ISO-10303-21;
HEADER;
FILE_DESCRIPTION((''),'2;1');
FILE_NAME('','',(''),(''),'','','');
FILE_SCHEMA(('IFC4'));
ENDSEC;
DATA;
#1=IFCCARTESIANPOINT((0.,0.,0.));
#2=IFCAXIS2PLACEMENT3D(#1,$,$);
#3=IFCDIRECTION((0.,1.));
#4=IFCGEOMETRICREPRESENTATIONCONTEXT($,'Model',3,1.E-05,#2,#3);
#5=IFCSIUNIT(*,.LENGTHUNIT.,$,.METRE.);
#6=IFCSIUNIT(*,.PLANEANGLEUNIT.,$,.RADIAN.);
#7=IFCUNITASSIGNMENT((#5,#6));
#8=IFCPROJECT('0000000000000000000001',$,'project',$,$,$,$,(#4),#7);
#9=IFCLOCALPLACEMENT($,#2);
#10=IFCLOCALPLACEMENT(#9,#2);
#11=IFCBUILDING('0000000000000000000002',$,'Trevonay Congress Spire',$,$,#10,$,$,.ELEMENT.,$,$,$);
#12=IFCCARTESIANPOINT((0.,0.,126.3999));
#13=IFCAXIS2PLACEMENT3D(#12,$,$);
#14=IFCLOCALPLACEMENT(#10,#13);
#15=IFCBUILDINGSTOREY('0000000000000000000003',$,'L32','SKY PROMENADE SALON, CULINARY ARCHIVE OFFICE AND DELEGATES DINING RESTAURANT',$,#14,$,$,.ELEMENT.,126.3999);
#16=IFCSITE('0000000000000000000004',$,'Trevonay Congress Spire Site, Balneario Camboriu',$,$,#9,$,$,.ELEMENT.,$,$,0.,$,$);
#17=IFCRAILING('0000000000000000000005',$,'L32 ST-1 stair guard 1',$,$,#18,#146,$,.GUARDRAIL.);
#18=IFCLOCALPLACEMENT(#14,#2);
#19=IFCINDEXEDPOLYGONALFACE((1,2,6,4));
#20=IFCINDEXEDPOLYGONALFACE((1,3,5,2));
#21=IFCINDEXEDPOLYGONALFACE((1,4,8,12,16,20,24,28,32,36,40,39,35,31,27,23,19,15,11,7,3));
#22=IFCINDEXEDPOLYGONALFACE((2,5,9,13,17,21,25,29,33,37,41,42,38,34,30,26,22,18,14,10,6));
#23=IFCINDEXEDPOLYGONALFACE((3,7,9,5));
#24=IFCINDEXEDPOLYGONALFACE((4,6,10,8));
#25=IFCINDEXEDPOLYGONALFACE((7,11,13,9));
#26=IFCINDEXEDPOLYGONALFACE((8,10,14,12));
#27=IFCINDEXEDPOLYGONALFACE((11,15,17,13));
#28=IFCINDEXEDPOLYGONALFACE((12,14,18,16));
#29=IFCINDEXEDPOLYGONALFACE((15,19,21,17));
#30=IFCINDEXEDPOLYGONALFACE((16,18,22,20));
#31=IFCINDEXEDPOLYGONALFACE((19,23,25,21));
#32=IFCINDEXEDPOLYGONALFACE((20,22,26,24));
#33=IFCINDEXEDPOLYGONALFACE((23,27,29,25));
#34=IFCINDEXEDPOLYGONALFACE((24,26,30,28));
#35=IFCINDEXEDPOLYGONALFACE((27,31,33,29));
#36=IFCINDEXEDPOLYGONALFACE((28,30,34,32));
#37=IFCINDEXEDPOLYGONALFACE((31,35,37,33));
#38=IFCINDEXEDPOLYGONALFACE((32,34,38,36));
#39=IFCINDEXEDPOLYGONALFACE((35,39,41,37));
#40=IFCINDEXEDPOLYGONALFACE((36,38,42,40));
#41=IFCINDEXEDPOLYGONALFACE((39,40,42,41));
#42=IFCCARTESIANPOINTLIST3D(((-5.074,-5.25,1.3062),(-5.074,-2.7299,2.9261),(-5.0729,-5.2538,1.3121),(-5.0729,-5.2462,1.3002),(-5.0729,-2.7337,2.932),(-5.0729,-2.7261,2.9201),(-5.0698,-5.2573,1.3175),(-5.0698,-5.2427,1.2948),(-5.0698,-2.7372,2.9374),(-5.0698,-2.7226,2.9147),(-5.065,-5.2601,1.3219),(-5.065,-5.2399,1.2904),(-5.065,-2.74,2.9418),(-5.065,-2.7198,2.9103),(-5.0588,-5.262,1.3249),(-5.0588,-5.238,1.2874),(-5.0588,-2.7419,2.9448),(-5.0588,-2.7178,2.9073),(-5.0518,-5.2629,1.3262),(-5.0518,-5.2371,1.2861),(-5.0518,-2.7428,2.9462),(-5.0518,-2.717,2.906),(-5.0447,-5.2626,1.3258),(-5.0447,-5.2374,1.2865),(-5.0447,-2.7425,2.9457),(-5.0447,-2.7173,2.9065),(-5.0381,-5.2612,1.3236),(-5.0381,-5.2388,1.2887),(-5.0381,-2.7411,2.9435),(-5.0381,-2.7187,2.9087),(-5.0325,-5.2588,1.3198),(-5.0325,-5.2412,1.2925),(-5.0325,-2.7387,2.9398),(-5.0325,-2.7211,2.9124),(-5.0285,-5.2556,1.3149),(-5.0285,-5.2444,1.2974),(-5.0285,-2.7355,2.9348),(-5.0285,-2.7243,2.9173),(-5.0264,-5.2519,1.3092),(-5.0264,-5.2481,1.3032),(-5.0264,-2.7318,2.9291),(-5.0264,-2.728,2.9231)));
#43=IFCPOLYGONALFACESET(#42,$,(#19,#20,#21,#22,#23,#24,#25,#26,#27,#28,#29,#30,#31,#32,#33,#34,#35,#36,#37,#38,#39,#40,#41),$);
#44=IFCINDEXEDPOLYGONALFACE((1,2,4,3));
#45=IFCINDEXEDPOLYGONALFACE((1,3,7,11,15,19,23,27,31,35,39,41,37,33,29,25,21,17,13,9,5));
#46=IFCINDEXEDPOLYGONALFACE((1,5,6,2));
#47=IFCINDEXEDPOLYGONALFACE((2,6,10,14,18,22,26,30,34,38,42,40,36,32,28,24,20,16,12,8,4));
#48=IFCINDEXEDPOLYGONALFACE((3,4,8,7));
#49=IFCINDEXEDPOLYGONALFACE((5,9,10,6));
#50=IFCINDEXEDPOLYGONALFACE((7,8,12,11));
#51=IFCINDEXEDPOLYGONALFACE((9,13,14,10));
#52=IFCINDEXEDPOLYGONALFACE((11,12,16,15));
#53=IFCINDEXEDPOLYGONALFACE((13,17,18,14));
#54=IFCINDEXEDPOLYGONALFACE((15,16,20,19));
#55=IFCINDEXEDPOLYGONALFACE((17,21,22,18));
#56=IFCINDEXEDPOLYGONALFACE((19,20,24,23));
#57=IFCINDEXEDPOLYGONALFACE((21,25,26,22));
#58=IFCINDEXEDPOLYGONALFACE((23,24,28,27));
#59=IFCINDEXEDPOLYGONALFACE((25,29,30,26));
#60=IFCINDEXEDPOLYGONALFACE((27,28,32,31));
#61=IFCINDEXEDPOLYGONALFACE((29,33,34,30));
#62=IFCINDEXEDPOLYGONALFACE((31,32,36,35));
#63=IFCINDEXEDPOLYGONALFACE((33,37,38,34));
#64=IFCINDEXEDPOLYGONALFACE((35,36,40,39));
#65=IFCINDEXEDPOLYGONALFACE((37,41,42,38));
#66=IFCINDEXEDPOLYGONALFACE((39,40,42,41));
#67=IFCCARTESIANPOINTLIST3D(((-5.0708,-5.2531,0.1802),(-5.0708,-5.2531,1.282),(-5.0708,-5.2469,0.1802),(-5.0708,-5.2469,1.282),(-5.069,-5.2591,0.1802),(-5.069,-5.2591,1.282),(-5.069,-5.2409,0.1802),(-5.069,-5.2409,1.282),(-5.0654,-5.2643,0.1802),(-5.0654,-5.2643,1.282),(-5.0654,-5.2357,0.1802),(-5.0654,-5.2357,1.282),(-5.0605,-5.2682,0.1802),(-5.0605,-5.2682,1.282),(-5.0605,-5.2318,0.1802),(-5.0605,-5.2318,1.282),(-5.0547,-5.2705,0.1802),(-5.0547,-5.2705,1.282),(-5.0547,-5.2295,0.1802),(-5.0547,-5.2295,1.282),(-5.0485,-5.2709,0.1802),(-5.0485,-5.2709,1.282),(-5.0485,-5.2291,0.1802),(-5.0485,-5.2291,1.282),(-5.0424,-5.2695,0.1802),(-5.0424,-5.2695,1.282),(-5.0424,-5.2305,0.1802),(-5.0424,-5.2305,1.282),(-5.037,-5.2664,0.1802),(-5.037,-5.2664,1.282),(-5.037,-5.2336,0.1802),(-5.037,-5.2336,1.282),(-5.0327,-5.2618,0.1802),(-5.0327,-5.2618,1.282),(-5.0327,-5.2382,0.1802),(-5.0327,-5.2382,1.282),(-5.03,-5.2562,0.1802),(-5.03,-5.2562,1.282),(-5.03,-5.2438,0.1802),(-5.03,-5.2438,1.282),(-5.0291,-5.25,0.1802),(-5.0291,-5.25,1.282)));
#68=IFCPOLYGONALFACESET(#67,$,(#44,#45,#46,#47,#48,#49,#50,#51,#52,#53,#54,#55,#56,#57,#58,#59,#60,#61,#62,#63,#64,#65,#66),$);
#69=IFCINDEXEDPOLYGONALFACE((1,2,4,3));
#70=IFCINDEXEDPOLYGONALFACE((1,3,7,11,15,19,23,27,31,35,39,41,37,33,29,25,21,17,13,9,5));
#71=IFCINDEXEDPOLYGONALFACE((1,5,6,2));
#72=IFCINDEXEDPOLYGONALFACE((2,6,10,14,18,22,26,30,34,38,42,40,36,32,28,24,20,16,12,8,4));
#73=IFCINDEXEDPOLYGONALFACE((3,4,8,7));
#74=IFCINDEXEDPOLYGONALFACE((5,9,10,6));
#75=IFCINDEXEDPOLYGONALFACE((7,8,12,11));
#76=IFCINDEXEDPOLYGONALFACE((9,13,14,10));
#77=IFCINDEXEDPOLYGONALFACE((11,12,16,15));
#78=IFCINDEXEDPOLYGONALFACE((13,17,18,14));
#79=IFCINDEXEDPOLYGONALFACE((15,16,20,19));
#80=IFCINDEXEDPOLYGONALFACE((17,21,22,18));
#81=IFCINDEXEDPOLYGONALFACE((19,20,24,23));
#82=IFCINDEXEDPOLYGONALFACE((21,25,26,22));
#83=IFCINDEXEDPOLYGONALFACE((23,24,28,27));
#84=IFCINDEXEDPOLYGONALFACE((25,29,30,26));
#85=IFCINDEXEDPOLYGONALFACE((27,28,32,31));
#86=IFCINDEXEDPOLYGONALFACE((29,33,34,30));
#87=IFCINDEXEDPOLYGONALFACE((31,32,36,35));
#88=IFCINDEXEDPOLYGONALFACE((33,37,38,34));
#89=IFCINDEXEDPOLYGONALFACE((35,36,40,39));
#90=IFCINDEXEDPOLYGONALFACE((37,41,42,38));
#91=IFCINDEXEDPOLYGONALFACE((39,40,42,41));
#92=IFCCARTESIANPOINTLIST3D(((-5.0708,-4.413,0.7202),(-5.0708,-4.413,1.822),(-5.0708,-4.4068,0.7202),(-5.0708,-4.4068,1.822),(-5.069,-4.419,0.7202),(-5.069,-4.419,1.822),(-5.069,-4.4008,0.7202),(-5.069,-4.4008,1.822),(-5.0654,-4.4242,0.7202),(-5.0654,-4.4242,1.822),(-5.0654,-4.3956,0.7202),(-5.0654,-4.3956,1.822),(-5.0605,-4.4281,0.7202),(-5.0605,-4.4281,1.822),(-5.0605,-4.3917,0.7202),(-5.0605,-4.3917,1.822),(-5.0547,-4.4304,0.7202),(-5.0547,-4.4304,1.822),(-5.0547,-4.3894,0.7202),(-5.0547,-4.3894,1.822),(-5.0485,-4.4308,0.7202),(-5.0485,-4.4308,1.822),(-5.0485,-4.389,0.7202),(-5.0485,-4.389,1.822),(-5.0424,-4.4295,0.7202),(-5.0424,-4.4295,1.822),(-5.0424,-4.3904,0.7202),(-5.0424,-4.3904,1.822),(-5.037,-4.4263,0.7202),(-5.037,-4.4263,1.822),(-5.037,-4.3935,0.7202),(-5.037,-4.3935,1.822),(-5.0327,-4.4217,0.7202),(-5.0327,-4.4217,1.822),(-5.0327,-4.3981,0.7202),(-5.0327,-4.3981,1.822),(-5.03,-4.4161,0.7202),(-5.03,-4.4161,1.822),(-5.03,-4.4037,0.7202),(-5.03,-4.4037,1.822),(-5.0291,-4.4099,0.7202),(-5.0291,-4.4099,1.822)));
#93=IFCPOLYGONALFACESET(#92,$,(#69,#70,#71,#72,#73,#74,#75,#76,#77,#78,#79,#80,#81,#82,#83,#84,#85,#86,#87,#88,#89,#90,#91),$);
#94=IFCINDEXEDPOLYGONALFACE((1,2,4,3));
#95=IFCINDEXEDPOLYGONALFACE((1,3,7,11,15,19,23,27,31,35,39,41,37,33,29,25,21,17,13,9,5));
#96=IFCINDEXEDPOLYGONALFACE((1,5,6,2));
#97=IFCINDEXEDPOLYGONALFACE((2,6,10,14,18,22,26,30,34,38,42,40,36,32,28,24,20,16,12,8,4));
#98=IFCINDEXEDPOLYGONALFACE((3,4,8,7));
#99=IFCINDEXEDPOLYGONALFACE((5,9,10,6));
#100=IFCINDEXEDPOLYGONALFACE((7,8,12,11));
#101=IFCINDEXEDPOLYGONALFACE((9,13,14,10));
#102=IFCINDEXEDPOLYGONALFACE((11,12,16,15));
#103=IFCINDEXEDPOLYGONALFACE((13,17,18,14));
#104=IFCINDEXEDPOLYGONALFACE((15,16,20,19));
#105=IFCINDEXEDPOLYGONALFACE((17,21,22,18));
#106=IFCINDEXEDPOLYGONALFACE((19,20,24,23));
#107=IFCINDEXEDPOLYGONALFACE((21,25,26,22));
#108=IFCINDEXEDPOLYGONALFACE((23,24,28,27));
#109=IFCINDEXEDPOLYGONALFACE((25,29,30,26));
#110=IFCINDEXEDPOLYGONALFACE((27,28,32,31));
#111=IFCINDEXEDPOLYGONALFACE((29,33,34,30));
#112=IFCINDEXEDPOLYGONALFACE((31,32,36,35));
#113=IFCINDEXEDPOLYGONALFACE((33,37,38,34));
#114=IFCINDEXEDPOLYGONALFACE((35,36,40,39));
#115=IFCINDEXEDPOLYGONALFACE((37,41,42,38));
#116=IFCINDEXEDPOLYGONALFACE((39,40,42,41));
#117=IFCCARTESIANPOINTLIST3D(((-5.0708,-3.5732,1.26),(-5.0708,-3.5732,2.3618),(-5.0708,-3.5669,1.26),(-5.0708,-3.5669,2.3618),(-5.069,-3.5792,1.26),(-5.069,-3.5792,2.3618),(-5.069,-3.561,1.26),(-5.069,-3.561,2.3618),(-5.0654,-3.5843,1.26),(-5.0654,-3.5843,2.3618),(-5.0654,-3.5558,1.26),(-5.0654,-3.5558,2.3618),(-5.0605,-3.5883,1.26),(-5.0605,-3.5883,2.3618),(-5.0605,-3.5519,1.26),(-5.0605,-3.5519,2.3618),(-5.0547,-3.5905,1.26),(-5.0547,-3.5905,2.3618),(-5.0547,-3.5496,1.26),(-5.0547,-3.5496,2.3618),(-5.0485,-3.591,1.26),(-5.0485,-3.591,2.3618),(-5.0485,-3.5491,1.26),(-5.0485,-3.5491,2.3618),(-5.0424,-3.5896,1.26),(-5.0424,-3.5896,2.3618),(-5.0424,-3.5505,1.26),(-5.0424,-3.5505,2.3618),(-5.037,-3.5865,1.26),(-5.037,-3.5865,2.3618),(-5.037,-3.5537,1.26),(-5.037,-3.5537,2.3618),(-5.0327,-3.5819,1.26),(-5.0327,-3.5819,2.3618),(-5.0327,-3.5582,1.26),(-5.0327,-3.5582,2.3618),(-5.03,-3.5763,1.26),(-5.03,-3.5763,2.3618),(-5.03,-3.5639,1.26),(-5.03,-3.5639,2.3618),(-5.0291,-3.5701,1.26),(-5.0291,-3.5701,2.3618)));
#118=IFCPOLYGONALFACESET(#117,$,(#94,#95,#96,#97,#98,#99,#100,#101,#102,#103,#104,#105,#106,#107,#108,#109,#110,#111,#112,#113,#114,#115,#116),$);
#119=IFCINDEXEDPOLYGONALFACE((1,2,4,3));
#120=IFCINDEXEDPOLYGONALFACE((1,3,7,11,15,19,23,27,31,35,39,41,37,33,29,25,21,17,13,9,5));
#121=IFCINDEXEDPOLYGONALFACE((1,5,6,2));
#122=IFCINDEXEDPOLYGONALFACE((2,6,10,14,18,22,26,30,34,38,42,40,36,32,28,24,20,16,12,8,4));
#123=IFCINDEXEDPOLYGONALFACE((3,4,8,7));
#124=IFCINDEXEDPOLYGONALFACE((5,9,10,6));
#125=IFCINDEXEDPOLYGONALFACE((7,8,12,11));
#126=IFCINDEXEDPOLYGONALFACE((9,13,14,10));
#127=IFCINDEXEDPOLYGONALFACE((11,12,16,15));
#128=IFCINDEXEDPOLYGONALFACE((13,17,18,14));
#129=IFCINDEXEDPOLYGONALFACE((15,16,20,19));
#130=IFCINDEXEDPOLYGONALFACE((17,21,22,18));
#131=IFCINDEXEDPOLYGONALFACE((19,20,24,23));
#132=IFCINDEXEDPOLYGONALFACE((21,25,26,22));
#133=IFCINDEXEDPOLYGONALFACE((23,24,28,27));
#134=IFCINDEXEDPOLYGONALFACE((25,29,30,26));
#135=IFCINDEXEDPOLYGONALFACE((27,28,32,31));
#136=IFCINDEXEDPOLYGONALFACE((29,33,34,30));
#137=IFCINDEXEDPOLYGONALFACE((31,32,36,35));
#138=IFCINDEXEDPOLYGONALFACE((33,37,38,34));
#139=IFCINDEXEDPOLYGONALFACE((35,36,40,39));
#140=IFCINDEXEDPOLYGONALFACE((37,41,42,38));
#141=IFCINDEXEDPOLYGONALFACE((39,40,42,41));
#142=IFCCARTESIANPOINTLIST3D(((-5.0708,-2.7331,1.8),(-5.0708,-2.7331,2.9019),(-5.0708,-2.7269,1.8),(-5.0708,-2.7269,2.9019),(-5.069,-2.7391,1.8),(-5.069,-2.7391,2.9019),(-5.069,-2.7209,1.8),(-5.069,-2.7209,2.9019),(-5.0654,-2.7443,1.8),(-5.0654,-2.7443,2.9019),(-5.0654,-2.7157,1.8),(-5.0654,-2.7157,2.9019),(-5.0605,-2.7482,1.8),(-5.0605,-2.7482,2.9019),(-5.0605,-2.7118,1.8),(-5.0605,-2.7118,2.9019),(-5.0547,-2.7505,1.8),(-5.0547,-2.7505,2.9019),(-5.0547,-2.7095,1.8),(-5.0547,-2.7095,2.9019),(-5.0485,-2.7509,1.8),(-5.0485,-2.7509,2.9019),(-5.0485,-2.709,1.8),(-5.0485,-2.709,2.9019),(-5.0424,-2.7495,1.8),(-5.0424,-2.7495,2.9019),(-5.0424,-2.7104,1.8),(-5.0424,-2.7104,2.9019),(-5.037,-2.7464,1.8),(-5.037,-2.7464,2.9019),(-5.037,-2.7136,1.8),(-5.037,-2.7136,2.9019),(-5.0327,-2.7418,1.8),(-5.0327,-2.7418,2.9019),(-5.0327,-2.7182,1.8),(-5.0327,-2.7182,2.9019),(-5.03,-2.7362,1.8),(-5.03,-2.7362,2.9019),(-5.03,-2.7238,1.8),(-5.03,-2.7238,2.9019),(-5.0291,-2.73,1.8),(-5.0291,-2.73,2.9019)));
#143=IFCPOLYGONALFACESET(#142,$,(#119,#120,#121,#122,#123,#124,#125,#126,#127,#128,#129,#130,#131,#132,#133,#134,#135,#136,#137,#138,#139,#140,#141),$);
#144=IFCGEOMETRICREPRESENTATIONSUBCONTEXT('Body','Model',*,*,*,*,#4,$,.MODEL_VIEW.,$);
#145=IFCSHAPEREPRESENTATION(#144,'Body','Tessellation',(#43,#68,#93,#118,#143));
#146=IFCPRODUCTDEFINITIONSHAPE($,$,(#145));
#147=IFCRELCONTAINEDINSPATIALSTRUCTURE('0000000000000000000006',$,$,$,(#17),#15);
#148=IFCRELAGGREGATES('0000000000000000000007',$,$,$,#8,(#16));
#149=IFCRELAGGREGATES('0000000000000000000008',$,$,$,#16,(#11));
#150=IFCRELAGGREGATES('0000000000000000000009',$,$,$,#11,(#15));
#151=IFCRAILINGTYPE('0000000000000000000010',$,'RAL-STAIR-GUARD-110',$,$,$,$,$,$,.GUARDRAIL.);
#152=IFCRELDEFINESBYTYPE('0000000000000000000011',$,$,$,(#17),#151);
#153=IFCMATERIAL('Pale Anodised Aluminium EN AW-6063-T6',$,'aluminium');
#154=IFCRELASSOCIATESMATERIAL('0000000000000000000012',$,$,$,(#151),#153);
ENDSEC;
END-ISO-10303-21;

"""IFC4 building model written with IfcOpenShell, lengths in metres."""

from ifc_helpers import new_model, si_unit, direction, frame, origin, origin_2d, place, context, subcontext, project, spatial, circle, extrude, material, type_object, element, save


model = new_model("IFC4")

# Units and contexts
model_context = context("Model", 3, precision=1e-05, world=origin(), true_north=direction((0.0, 1.0)))
body_context = subcontext(model_context, "Body", "Model", "MODEL_VIEW")
ifc_project = project(units=[si_unit("LENGTHUNIT", "METRE"), si_unit("PLANEANGLEUNIT", "RADIAN")], contexts=[model_context])

# Site, building, storey
site_placement = place(None, origin())
site = spatial("IfcSite", under=ifc_project, at=site_placement, Name="Trevonay Congress Spire Site, Balneario Camboriu", CompositionType="ELEMENT", RefElevation=0.0)
building_placement = place(site_placement, origin())
building = spatial("IfcBuilding", under=site, at=building_placement, Name="Trevonay Congress Spire", CompositionType="ELEMENT")
storey_placement = place(building_placement, frame((0.0, 0.0, 126.3999)))
storey = spatial("IfcBuildingStorey", under=building, at=storey_placement, Name="L32", Description="SKY PROMENADE SALON, CULINARY ARCHIVE OFFICE AND DELEGATES DINING RESTAURANT", CompositionType="ELEMENT", Elevation=126.3999)

# Shared definitions
ifc_material_1 = material(Name="Pale Anodised Aluminium EN AW-6063-T6", Category="aluminium")

# Railing
railing_type_1 = type_object("IfcRailingType", Name="RAL-STAIR-GUARD-110", PredefinedType="GUARDRAIL", material=ifc_material_1)
railing_1_placement = place(storey_placement, frame((-5.05, -5.25, 0.1802)))
element("IfcRailing", 1, at=railing_1_placement, inside=storey, type_object=railing_type_1, Name="L32 ST-1 stair guard 1", PredefinedType="GUARDRAIL", context=body_context, shape_type="SweptSolid", body=[
    extrude(circle(Radius=0.0239, at=origin_2d()), frame((0.0, 0.0, 1.126), z_axis=(0.0, 0.8412, 0.540725), x_axis=(-1.0, 0.0, 0.0)), (0.0, 0.0, 1.0), 2.9958),
    extrude(circle(Radius=0.021, at=origin_2d()), origin(), (0.0, 0.0, 1.0), 1.1018),
    extrude(circle(Radius=0.021, at=origin_2d()), frame((0.0, 0.8401, 0.54)), (0.0, 0.0, 1.0), 1.1018),
    extrude(circle(Radius=0.021, at=origin_2d()), frame((0.0, 1.6799, 1.0798)), (0.0, 0.0, 1.0), 1.1018),
    extrude(circle(Radius=0.021, at=origin_2d()), frame((0.0, 2.52, 1.6199)), (0.0, 0.0, 1.0), 1.1018),
])

save(model, "model.ifc")
